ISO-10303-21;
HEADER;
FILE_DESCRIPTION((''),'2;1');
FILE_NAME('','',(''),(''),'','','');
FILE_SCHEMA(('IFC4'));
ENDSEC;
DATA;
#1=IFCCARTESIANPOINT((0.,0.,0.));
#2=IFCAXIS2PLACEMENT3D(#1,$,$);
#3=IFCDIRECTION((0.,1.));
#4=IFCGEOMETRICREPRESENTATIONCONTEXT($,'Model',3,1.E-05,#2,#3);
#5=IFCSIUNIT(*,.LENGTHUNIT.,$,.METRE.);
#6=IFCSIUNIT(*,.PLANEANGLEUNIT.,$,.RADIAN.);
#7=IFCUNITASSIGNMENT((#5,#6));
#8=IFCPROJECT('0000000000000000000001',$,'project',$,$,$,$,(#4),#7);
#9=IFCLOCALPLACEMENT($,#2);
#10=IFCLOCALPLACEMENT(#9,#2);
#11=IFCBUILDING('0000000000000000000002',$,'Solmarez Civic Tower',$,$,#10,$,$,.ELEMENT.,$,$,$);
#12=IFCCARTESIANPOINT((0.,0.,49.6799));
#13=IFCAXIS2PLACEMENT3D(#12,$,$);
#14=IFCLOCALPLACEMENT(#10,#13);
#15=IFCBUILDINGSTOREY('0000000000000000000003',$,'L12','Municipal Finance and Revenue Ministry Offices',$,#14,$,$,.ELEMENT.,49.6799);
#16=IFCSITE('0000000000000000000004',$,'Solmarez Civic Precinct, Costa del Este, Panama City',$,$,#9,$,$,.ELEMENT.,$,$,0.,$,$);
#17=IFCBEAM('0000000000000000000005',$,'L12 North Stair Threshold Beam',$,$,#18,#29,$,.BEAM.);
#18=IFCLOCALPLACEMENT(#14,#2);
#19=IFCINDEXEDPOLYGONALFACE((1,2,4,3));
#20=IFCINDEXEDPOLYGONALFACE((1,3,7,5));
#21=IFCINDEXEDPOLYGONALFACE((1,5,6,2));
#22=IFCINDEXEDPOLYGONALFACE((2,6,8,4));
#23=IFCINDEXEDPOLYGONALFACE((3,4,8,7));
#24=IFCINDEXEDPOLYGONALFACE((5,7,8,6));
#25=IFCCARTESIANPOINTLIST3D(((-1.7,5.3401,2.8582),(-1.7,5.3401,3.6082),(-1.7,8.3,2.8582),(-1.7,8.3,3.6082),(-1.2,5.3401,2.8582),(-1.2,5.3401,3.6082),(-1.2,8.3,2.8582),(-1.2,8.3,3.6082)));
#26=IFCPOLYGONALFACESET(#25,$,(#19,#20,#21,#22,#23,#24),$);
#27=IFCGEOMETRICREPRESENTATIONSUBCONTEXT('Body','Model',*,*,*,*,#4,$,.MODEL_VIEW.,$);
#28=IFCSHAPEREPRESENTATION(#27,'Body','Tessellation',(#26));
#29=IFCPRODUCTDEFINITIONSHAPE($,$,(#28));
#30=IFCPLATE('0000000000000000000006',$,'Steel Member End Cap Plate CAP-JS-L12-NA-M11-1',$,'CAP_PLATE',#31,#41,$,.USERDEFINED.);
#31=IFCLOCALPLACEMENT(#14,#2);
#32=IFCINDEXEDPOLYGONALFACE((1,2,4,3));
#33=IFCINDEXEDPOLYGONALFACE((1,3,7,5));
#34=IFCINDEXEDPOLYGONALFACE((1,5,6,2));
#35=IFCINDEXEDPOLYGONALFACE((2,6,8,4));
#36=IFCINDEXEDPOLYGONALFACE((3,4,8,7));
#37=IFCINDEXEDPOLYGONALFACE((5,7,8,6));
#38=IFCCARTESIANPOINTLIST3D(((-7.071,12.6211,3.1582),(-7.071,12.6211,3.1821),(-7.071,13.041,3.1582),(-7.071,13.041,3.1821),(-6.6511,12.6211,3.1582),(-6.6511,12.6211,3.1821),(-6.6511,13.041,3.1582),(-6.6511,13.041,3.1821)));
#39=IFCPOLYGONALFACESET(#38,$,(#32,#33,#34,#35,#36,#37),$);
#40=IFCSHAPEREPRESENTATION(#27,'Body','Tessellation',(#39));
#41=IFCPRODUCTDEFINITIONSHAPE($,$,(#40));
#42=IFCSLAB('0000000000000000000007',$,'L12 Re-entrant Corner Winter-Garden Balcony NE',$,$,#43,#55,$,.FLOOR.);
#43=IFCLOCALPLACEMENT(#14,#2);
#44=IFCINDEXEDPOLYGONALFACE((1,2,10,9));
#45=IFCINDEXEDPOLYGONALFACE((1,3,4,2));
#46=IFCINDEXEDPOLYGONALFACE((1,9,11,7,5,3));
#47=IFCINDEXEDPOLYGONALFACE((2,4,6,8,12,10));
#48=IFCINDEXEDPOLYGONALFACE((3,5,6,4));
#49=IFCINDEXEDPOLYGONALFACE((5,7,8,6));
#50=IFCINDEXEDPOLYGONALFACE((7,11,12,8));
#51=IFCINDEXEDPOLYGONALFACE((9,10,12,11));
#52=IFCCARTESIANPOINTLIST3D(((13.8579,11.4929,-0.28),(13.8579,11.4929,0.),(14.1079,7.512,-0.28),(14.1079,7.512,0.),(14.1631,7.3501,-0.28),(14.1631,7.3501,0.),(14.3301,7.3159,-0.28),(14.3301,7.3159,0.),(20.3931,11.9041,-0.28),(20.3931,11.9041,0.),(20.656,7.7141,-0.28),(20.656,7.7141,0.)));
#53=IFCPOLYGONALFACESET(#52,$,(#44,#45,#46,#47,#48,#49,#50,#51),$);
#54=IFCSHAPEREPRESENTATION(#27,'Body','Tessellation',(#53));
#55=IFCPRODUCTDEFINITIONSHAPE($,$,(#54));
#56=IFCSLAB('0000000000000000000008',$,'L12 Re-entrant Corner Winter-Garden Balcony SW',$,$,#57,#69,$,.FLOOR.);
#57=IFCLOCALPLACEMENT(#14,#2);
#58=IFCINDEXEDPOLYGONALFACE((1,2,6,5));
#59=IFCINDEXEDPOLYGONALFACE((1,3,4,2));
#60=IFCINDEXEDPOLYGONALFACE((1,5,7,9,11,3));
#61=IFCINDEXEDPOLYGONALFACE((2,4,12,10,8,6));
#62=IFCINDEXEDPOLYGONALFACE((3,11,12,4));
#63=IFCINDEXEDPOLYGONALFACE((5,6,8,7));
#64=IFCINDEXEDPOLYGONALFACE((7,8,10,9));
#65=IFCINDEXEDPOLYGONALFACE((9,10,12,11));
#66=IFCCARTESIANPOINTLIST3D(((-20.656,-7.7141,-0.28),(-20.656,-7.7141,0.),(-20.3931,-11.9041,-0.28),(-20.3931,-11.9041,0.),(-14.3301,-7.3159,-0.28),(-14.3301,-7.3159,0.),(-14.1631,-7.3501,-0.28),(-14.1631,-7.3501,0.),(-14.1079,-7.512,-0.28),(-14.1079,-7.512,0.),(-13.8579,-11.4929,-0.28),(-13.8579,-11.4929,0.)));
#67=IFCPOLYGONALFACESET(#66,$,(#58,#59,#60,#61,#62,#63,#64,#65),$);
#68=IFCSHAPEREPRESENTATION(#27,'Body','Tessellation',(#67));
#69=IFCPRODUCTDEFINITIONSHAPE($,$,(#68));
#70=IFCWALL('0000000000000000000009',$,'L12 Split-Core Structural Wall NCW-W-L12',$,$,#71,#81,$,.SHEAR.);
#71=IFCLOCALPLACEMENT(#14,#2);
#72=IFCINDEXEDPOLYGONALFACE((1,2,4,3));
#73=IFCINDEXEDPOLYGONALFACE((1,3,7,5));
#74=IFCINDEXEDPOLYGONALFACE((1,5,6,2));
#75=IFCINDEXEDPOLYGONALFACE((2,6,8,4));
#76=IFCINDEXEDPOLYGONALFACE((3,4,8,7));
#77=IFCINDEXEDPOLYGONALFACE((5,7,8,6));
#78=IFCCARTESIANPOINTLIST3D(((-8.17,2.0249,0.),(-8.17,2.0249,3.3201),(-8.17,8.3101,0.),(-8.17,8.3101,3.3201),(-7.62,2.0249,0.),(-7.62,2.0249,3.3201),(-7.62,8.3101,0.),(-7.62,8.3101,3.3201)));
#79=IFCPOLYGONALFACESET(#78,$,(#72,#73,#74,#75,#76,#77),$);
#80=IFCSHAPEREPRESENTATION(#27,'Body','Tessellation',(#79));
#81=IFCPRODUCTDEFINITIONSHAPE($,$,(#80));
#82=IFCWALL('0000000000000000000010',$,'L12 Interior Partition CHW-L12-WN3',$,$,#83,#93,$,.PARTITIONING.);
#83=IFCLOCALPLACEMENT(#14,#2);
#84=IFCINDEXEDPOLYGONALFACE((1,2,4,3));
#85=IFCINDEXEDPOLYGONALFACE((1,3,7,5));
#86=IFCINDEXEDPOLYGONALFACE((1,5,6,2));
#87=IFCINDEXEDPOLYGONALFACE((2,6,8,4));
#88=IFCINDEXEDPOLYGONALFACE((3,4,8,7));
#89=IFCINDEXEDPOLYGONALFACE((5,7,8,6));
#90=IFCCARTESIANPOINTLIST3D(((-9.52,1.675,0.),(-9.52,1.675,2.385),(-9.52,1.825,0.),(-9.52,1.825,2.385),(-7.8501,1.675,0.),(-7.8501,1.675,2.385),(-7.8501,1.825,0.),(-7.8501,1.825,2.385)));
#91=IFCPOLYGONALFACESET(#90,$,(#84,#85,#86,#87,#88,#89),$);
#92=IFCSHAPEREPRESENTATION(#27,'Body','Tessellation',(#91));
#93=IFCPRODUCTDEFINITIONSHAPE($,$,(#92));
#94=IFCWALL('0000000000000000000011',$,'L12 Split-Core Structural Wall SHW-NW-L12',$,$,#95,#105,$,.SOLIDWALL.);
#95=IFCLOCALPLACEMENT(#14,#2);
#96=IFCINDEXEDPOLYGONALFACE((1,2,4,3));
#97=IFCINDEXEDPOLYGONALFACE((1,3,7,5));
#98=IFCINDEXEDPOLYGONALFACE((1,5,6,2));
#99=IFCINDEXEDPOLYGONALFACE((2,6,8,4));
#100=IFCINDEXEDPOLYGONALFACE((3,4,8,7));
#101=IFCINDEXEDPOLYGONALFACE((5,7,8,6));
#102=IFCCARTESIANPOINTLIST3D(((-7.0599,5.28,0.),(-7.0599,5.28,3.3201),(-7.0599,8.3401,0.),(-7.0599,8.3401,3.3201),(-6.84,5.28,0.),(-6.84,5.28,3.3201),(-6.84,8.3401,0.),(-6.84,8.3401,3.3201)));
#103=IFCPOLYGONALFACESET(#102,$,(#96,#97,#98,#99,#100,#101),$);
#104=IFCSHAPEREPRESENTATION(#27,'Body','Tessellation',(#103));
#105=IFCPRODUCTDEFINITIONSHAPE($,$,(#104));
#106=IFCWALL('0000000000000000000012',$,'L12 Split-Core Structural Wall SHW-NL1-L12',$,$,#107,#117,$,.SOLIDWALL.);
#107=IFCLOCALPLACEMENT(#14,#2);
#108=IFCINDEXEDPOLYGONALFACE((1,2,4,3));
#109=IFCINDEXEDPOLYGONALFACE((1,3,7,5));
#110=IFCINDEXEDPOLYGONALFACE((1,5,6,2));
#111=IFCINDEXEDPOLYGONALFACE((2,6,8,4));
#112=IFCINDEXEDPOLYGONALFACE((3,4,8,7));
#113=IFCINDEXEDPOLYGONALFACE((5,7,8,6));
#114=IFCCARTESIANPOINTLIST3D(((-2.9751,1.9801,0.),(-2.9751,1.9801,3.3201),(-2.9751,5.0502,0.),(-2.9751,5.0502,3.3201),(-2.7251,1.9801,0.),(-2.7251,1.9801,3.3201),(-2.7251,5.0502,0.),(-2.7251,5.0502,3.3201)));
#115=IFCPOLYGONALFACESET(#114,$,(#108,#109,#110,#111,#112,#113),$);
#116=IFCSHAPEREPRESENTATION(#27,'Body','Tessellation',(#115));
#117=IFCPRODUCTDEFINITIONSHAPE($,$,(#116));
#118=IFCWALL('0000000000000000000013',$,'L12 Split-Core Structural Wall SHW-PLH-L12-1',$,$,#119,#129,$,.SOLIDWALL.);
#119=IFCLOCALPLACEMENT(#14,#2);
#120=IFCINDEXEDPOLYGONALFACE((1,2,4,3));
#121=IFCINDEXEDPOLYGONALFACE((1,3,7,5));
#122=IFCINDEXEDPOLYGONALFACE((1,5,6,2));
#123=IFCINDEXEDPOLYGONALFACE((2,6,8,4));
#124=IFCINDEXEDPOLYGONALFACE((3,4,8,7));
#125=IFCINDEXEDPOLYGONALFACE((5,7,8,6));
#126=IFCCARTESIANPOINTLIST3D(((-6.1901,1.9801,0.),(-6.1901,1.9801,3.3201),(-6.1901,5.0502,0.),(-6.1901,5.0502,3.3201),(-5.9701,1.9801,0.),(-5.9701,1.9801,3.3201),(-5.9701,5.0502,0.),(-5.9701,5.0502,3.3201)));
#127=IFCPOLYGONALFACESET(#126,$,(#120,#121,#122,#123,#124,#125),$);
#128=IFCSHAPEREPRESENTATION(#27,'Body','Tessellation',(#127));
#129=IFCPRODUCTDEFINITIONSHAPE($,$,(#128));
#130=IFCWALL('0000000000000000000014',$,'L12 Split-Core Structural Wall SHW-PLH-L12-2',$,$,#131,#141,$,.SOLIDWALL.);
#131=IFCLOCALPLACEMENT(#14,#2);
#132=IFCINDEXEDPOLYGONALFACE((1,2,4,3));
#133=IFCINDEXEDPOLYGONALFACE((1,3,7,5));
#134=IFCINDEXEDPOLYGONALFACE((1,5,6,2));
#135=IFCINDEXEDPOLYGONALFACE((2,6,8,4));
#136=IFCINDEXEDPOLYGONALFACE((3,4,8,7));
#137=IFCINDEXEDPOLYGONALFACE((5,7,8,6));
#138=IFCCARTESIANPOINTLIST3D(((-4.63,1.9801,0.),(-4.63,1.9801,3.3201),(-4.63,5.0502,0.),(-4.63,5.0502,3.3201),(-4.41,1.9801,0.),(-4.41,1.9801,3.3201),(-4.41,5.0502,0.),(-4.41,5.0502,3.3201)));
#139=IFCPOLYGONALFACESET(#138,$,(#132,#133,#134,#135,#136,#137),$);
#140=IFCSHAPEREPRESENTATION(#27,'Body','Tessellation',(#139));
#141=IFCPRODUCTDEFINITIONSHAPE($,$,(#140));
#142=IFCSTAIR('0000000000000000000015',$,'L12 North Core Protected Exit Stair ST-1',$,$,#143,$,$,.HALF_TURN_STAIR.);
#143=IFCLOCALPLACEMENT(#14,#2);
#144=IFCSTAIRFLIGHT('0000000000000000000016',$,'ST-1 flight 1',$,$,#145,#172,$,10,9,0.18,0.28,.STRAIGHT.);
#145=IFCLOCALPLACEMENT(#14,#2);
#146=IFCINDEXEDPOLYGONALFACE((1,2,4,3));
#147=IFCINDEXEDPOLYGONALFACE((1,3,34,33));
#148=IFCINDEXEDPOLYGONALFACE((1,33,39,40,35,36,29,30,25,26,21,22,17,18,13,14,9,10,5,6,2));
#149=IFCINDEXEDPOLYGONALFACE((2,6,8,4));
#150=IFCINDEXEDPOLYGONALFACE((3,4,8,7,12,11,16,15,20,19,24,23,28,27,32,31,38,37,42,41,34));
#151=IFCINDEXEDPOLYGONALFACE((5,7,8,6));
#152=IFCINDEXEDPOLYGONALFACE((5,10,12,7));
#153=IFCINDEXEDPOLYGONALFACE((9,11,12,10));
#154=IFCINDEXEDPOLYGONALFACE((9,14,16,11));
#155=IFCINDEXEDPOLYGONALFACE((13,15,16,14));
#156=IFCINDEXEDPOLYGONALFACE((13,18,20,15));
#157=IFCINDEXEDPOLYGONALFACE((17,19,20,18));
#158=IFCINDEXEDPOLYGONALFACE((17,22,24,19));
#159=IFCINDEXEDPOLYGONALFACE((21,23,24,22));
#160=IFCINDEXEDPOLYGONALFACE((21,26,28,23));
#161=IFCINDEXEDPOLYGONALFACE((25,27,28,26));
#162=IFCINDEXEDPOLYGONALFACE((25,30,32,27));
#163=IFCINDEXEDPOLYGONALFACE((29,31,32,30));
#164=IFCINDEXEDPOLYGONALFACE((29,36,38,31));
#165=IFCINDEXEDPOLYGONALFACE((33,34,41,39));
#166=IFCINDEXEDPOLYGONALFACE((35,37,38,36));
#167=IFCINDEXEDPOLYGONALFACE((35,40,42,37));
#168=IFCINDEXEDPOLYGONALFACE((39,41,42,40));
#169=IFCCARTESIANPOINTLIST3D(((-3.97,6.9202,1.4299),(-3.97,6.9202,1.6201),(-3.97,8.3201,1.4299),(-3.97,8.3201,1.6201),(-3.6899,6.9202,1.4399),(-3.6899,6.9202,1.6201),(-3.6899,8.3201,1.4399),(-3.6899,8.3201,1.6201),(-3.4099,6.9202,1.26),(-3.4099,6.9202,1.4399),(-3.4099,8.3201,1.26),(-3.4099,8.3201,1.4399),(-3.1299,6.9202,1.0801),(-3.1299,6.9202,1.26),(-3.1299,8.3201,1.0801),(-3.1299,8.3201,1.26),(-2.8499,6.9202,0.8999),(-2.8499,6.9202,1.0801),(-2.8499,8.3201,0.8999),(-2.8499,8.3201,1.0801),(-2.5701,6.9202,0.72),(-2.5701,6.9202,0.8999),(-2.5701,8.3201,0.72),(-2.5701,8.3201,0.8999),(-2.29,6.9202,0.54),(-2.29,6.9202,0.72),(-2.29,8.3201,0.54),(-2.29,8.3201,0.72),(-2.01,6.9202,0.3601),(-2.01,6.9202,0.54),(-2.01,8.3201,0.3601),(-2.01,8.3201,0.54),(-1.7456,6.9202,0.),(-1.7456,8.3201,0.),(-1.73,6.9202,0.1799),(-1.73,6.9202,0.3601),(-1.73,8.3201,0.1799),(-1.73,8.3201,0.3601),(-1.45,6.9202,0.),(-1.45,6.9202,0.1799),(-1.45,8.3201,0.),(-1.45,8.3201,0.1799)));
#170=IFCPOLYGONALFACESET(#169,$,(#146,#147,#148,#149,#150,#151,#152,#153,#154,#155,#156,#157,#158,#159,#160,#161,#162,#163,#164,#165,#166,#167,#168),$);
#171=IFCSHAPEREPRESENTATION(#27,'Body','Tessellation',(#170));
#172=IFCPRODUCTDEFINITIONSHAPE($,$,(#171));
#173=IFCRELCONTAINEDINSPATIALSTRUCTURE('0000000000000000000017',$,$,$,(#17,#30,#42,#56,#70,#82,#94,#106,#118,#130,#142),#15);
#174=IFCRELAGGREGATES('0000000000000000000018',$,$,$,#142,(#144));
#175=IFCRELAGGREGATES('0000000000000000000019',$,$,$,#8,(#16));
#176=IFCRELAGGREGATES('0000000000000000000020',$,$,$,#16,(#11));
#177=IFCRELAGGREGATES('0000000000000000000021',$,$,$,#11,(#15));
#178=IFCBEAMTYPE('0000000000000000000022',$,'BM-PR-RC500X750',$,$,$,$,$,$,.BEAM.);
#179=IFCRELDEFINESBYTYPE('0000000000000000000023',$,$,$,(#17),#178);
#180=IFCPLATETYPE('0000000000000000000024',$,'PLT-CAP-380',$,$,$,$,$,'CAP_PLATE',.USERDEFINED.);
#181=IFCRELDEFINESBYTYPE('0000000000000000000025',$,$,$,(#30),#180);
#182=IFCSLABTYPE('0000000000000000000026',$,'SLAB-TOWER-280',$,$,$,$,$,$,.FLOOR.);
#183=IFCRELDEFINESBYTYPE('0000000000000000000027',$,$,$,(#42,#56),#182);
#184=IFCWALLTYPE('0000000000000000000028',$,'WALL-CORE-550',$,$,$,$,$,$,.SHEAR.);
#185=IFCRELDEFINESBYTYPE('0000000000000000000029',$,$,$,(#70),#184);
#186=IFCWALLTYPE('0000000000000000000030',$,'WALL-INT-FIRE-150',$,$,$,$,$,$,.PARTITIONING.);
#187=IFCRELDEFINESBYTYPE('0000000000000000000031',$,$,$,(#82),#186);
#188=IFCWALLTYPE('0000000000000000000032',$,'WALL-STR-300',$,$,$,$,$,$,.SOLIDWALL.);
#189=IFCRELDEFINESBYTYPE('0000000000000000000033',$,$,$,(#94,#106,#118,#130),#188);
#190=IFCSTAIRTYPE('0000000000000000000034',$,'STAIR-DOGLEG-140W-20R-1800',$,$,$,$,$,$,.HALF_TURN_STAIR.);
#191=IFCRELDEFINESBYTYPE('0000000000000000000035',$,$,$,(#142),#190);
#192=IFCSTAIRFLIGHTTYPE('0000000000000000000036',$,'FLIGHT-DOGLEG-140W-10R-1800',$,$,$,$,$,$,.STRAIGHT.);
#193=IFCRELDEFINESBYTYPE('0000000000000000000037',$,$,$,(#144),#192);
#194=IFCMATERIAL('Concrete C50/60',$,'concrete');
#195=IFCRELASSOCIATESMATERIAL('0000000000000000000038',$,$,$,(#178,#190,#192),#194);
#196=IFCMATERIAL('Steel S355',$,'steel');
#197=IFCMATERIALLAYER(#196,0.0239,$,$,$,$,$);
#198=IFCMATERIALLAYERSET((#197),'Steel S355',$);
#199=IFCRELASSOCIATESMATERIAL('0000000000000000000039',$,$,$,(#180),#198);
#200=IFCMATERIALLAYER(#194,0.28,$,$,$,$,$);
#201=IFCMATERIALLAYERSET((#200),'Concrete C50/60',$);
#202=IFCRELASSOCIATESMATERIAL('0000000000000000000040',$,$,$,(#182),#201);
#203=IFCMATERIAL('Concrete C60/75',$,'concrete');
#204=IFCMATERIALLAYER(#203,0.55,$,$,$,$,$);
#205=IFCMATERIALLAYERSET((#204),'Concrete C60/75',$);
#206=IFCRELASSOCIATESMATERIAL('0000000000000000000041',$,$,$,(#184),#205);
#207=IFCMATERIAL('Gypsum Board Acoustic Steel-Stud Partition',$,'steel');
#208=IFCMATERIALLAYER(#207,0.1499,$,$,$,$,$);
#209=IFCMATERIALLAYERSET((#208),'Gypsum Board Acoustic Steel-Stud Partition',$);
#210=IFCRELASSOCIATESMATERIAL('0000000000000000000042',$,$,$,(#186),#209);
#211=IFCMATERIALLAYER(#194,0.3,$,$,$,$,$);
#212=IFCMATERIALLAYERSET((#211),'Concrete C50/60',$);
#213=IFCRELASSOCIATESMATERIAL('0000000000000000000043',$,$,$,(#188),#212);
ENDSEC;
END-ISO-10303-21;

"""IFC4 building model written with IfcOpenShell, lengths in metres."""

from ifc_helpers import new_model, si_unit, direction, frame, frame_2d, origin, origin_2d, place, context, subcontext, project, spatial, polyline, rectangle, outline, extrude, material, layer, layer_set, material_profile, profile_set, type_object, element, aggregate, save


model = new_model("IFC4")

# Units and contexts
model_context = context("Model", 3, precision=1e-05, world=origin(), true_north=direction((0.0, 1.0)))
body_context = subcontext(model_context, "Body", "Model", "MODEL_VIEW")
ifc_project = project(units=[si_unit("LENGTHUNIT", "METRE"), si_unit("PLANEANGLEUNIT", "RADIAN")], contexts=[model_context])

# Site, building, storey
site_placement = place(None, origin())
site = spatial("IfcSite", under=ifc_project, at=site_placement, Name="Solmarez Civic Precinct, Costa del Este, Panama City", CompositionType="ELEMENT", RefElevation=0.0)
building_placement = place(site_placement, origin())
building = spatial("IfcBuilding", under=site, at=building_placement, Name="Solmarez Civic Tower", CompositionType="ELEMENT")
storey_placement = place(building_placement, frame((0.0, 0.0, 49.6799)))
storey = spatial("IfcBuildingStorey", under=building, at=storey_placement, Name="L12", Description="Municipal Finance and Revenue Ministry Offices", CompositionType="ELEMENT", Elevation=49.6799)

# Beam
ifc_material_1 = material(Name="Concrete C50/60", Category="concrete")
ifc_material_profile = material_profile(ifc_material_1, rectangle(XDim=0.5, YDim=0.75, at=origin_2d()), Name="RC500X750")
ifc_profile_set = profile_set([ifc_material_profile], Name="Concrete C50/60")
beam_type = type_object("IfcBeamType", Name="BM-PR-RC500X750", PredefinedType="BEAM", material=ifc_profile_set)
beam_placement = place(storey_placement, frame((-1.45, 5.3401, 3.2332), z_axis=(0.0, 1.0, 0.0), x_axis=(-1.0, 0.0, 0.0)))
element("IfcBeam", 1, at=beam_placement, inside=storey, type_object=beam_type, Name="L12 North Stair Threshold Beam", PredefinedType="BEAM", context=body_context, shape_type="SweptSolid", body=[
    extrude(rectangle(XDim=0.5, YDim=0.75, at=origin_2d()), origin(), (0.0, 0.0, 1.0), 2.96),
])

# Plate
ifc_material_2 = material(Name="Steel S355", Category="steel")
ifc_layer_1 = layer(ifc_material_2, 0.0239)
ifc_layer_set_1 = layer_set([ifc_layer_1], Name="Steel S355")
plate_type = type_object("IfcPlateType", Name="PLT-CAP-380", ElementType="CAP_PLATE", PredefinedType="USERDEFINED", material=ifc_layer_set_1)
plate_placement = place(storey_placement, frame((-6.8611, 12.8311, 3.1582), z_axis=(0.0, 0.0, 1.0), x_axis=(1.0, 0.0, 0.0)))
element("IfcPlate", 2, at=plate_placement, inside=storey, type_object=plate_type, Name="Steel Member End Cap Plate CAP-JS-L12-NA-M11-1", ObjectType="CAP_PLATE", PredefinedType="USERDEFINED", context=body_context, shape_type="SweptSolid", body=[
    extrude(rectangle(XDim=0.4199, YDim=0.4199, at=origin_2d()), origin(), (0.0, 0.0, 1.0), 0.0239),
])

# Slabs
ifc_layer_2 = layer(ifc_material_1, 0.28)
ifc_layer_set_2 = layer_set([ifc_layer_2], Name="Concrete C50/60")
slab_type = type_object("IfcSlabType", Name="SLAB-TOWER-280", PredefinedType="FLOOR", material=ifc_layer_set_2)
slab_1_placement = place(storey_placement, frame((0.0, 0.0, -0.28)))
element("IfcSlab", 3, at=slab_1_placement, inside=storey, type_object=slab_type, Name="L12 Re-entrant Corner Winter-Garden Balcony NE", PredefinedType="FLOOR", context=body_context, shape_type="SweptSolid", body=[
    extrude(outline(polyline([(13.8579, 11.4929), (14.1079, 7.512), (14.1631, 7.3501), (14.3301, 7.3159), (20.656, 7.7141), (20.3931, 11.9041), (13.8579, 11.4929)])), origin(), (0.0, 0.0, 1.0), 0.28),
])
slab_2_placement = place(storey_placement, frame((0.0, 0.0, -0.28)))
element("IfcSlab", 4, at=slab_2_placement, inside=storey, type_object=slab_type, Name="L12 Re-entrant Corner Winter-Garden Balcony SW", PredefinedType="FLOOR", context=body_context, shape_type="SweptSolid", body=[
    extrude(outline(polyline([(-13.8579, -11.4929), (-14.1079, -7.512), (-14.1631, -7.3501), (-14.3301, -7.3159), (-20.656, -7.7141), (-20.3931, -11.9041), (-13.8579, -11.4929)])), origin(), (0.0, 0.0, 1.0), 0.28),
])

# Walls
ifc_material_3 = material(Name="Concrete C60/75", Category="concrete")
ifc_layer_3 = layer(ifc_material_3, 0.55)
ifc_layer_set_3 = layer_set([ifc_layer_3], Name="Concrete C60/75")
wall_type_1 = type_object("IfcWallType", Name="WALL-CORE-550", PredefinedType="SHEAR", material=ifc_layer_set_3)
wall_1_placement = place(storey_placement, frame((-7.895, 2.0249, 0.0), z_axis=(0.0, 0.0, 1.0), x_axis=(0.0, 1.0, 0.0)))
element("IfcWall", 5, at=wall_1_placement, inside=storey, type_object=wall_type_1, Name="L12 Split-Core Structural Wall NCW-W-L12", PredefinedType="SHEAR", context=body_context, shape_type="SweptSolid", body=[
    extrude(rectangle(XDim=6.2852, YDim=0.55, at=frame_2d((3.1426, 0.0))), origin(), (0.0, 0.0, 1.0), 3.3201),
])
ifc_material_4 = material(Name="Gypsum Board Acoustic Steel-Stud Partition", Category="steel")
ifc_layer_4 = layer(ifc_material_4, 0.1499)
ifc_layer_set_4 = layer_set([ifc_layer_4], Name="Gypsum Board Acoustic Steel-Stud Partition")
wall_type_2 = type_object("IfcWallType", Name="WALL-INT-FIRE-150", PredefinedType="PARTITIONING", material=ifc_layer_set_4)
wall_2_placement = place(storey_placement, frame((-7.8501, 1.75, 0.0), z_axis=(0.0, 0.0, 1.0), x_axis=(-1.0, 0.0, 0.0)))
element("IfcWall", 6, at=wall_2_placement, inside=storey, type_object=wall_type_2, Name="L12 Interior Partition CHW-L12-WN3", PredefinedType="PARTITIONING", context=body_context, shape_type="SweptSolid", body=[
    extrude(rectangle(XDim=1.6699, YDim=0.1499, at=frame_2d((0.835, 0.0))), origin(), (0.0, 0.0, 1.0), 2.385),
])
ifc_layer_5 = layer(ifc_material_1, 0.3)
ifc_layer_set_5 = layer_set([ifc_layer_5], Name="Concrete C50/60")
wall_type_3 = type_object("IfcWallType", Name="WALL-STR-300", PredefinedType="SOLIDWALL", material=ifc_layer_set_5)
wall_3_placement = place(storey_placement, frame((-6.95, 5.28, 0.0), z_axis=(0.0, 0.0, 1.0), x_axis=(0.0, 1.0, 0.0)))
element("IfcWall", 7, at=wall_3_placement, inside=storey, type_object=wall_type_3, Name="L12 Split-Core Structural Wall SHW-NW-L12", PredefinedType="SOLIDWALL", context=body_context, shape_type="SweptSolid", body=[
    extrude(rectangle(XDim=3.0601, YDim=0.22, at=frame_2d((1.53, 0.0))), origin(), (0.0, 0.0, 1.0), 3.3201),
])
wall_4_placement = place(storey_placement, frame((-2.8501, 1.98, 0.0), z_axis=(0.0, 0.0, 1.0), x_axis=(0.0, 1.0, 0.0)))
element("IfcWall", 8, at=wall_4_placement, inside=storey, type_object=wall_type_3, Name="L12 Split-Core Structural Wall SHW-NL1-L12", PredefinedType="SOLIDWALL", context=body_context, shape_type="SweptSolid", body=[
    extrude(rectangle(XDim=3.0701, YDim=0.25, at=frame_2d((1.5352, 0.0))), origin(), (0.0, 0.0, 1.0), 3.3201),
])
for number, where, z_axis, x_axis, name in (
    (9, (-6.0801, 1.98, 0.0), (0.0, 0.0, 1.0), (0.0, 1.0, 0.0), "L12 Split-Core Structural Wall SHW-PLH-L12-1"),
    (10, (-4.52, 1.98, 0.0), (0.0, 0.0, 1.0), (0.0, 1.0, 0.0), "L12 Split-Core Structural Wall SHW-PLH-L12-2"),
):
    element("IfcWall", number, at=place(storey_placement, frame(where, z_axis=z_axis, x_axis=x_axis)), inside=storey, type_object=wall_type_3, Name=name, PredefinedType="SOLIDWALL", context=body_context, shape_type="SweptSolid", body=[
        extrude(rectangle(XDim=3.0701, YDim=0.22, at=frame_2d((1.5352, 0.0))), origin(), (0.0, 0.0, 1.0), 3.3201),
    ])

# Stair, stair flight
stair_type = type_object("IfcStairType", Name="STAIR-DOGLEG-140W-20R-1800", PredefinedType="HALF_TURN_STAIR", material=ifc_material_1)
stair_placement = place(storey_placement, origin())
stair = element("IfcStair", 11, at=stair_placement, inside=storey, type_object=stair_type, Name="L12 North Core Protected Exit Stair ST-1", PredefinedType="HALF_TURN_STAIR")
stair_flight_type = type_object("IfcStairFlightType", Name="FLIGHT-DOGLEG-140W-10R-1800", PredefinedType="STRAIGHT", material=ifc_material_1)
stair_flight_1_placement = place(storey_placement, frame((-1.45, 7.6201, 0.0), z_axis=(0.0, 0.0, 1.0), x_axis=(-1.0, 0.0, 0.0)))
stair_flight_1 = element("IfcStairFlight", 12, at=stair_flight_1_placement, type_object=stair_flight_type, Name="ST-1 flight 1", NumberOfRisers=10, NumberOfTreads=9, PredefinedType="STRAIGHT", RiserHeight=0.18, TreadLength=0.28, context=body_context, shape_type="SweptSolid", body=[
    extrude(outline(polyline([(0.0, 0.0), (0.0, 0.1799), (0.28, 0.1799), (0.28, 0.3601), (0.5601, 0.3601), (0.5601, 0.54), (0.8401, 0.54), (0.8401, 0.72), (1.1201, 0.72), (1.1201, 0.8999), (1.3999, 0.8999), (1.3999, 1.0801), (1.6799, 1.0801), (1.6799, 1.26), (1.96, 1.26), (1.96, 1.4399), (2.24, 1.4399), (2.24, 1.6201), (2.52, 1.6201), (2.52, 1.8), (2.52, 1.4299), (0.2957, 0.0), (0.0, 0.0)])), frame((0.0, 0.7, 0.0), z_axis=(0.0, -1.0, 0.0), x_axis=(1.0, 0.0, 0.0)), (0.0, 0.0, 1.0), 1.3999),
])
aggregate(stair, [stair_flight_1])

save(model, "model.ifc")
